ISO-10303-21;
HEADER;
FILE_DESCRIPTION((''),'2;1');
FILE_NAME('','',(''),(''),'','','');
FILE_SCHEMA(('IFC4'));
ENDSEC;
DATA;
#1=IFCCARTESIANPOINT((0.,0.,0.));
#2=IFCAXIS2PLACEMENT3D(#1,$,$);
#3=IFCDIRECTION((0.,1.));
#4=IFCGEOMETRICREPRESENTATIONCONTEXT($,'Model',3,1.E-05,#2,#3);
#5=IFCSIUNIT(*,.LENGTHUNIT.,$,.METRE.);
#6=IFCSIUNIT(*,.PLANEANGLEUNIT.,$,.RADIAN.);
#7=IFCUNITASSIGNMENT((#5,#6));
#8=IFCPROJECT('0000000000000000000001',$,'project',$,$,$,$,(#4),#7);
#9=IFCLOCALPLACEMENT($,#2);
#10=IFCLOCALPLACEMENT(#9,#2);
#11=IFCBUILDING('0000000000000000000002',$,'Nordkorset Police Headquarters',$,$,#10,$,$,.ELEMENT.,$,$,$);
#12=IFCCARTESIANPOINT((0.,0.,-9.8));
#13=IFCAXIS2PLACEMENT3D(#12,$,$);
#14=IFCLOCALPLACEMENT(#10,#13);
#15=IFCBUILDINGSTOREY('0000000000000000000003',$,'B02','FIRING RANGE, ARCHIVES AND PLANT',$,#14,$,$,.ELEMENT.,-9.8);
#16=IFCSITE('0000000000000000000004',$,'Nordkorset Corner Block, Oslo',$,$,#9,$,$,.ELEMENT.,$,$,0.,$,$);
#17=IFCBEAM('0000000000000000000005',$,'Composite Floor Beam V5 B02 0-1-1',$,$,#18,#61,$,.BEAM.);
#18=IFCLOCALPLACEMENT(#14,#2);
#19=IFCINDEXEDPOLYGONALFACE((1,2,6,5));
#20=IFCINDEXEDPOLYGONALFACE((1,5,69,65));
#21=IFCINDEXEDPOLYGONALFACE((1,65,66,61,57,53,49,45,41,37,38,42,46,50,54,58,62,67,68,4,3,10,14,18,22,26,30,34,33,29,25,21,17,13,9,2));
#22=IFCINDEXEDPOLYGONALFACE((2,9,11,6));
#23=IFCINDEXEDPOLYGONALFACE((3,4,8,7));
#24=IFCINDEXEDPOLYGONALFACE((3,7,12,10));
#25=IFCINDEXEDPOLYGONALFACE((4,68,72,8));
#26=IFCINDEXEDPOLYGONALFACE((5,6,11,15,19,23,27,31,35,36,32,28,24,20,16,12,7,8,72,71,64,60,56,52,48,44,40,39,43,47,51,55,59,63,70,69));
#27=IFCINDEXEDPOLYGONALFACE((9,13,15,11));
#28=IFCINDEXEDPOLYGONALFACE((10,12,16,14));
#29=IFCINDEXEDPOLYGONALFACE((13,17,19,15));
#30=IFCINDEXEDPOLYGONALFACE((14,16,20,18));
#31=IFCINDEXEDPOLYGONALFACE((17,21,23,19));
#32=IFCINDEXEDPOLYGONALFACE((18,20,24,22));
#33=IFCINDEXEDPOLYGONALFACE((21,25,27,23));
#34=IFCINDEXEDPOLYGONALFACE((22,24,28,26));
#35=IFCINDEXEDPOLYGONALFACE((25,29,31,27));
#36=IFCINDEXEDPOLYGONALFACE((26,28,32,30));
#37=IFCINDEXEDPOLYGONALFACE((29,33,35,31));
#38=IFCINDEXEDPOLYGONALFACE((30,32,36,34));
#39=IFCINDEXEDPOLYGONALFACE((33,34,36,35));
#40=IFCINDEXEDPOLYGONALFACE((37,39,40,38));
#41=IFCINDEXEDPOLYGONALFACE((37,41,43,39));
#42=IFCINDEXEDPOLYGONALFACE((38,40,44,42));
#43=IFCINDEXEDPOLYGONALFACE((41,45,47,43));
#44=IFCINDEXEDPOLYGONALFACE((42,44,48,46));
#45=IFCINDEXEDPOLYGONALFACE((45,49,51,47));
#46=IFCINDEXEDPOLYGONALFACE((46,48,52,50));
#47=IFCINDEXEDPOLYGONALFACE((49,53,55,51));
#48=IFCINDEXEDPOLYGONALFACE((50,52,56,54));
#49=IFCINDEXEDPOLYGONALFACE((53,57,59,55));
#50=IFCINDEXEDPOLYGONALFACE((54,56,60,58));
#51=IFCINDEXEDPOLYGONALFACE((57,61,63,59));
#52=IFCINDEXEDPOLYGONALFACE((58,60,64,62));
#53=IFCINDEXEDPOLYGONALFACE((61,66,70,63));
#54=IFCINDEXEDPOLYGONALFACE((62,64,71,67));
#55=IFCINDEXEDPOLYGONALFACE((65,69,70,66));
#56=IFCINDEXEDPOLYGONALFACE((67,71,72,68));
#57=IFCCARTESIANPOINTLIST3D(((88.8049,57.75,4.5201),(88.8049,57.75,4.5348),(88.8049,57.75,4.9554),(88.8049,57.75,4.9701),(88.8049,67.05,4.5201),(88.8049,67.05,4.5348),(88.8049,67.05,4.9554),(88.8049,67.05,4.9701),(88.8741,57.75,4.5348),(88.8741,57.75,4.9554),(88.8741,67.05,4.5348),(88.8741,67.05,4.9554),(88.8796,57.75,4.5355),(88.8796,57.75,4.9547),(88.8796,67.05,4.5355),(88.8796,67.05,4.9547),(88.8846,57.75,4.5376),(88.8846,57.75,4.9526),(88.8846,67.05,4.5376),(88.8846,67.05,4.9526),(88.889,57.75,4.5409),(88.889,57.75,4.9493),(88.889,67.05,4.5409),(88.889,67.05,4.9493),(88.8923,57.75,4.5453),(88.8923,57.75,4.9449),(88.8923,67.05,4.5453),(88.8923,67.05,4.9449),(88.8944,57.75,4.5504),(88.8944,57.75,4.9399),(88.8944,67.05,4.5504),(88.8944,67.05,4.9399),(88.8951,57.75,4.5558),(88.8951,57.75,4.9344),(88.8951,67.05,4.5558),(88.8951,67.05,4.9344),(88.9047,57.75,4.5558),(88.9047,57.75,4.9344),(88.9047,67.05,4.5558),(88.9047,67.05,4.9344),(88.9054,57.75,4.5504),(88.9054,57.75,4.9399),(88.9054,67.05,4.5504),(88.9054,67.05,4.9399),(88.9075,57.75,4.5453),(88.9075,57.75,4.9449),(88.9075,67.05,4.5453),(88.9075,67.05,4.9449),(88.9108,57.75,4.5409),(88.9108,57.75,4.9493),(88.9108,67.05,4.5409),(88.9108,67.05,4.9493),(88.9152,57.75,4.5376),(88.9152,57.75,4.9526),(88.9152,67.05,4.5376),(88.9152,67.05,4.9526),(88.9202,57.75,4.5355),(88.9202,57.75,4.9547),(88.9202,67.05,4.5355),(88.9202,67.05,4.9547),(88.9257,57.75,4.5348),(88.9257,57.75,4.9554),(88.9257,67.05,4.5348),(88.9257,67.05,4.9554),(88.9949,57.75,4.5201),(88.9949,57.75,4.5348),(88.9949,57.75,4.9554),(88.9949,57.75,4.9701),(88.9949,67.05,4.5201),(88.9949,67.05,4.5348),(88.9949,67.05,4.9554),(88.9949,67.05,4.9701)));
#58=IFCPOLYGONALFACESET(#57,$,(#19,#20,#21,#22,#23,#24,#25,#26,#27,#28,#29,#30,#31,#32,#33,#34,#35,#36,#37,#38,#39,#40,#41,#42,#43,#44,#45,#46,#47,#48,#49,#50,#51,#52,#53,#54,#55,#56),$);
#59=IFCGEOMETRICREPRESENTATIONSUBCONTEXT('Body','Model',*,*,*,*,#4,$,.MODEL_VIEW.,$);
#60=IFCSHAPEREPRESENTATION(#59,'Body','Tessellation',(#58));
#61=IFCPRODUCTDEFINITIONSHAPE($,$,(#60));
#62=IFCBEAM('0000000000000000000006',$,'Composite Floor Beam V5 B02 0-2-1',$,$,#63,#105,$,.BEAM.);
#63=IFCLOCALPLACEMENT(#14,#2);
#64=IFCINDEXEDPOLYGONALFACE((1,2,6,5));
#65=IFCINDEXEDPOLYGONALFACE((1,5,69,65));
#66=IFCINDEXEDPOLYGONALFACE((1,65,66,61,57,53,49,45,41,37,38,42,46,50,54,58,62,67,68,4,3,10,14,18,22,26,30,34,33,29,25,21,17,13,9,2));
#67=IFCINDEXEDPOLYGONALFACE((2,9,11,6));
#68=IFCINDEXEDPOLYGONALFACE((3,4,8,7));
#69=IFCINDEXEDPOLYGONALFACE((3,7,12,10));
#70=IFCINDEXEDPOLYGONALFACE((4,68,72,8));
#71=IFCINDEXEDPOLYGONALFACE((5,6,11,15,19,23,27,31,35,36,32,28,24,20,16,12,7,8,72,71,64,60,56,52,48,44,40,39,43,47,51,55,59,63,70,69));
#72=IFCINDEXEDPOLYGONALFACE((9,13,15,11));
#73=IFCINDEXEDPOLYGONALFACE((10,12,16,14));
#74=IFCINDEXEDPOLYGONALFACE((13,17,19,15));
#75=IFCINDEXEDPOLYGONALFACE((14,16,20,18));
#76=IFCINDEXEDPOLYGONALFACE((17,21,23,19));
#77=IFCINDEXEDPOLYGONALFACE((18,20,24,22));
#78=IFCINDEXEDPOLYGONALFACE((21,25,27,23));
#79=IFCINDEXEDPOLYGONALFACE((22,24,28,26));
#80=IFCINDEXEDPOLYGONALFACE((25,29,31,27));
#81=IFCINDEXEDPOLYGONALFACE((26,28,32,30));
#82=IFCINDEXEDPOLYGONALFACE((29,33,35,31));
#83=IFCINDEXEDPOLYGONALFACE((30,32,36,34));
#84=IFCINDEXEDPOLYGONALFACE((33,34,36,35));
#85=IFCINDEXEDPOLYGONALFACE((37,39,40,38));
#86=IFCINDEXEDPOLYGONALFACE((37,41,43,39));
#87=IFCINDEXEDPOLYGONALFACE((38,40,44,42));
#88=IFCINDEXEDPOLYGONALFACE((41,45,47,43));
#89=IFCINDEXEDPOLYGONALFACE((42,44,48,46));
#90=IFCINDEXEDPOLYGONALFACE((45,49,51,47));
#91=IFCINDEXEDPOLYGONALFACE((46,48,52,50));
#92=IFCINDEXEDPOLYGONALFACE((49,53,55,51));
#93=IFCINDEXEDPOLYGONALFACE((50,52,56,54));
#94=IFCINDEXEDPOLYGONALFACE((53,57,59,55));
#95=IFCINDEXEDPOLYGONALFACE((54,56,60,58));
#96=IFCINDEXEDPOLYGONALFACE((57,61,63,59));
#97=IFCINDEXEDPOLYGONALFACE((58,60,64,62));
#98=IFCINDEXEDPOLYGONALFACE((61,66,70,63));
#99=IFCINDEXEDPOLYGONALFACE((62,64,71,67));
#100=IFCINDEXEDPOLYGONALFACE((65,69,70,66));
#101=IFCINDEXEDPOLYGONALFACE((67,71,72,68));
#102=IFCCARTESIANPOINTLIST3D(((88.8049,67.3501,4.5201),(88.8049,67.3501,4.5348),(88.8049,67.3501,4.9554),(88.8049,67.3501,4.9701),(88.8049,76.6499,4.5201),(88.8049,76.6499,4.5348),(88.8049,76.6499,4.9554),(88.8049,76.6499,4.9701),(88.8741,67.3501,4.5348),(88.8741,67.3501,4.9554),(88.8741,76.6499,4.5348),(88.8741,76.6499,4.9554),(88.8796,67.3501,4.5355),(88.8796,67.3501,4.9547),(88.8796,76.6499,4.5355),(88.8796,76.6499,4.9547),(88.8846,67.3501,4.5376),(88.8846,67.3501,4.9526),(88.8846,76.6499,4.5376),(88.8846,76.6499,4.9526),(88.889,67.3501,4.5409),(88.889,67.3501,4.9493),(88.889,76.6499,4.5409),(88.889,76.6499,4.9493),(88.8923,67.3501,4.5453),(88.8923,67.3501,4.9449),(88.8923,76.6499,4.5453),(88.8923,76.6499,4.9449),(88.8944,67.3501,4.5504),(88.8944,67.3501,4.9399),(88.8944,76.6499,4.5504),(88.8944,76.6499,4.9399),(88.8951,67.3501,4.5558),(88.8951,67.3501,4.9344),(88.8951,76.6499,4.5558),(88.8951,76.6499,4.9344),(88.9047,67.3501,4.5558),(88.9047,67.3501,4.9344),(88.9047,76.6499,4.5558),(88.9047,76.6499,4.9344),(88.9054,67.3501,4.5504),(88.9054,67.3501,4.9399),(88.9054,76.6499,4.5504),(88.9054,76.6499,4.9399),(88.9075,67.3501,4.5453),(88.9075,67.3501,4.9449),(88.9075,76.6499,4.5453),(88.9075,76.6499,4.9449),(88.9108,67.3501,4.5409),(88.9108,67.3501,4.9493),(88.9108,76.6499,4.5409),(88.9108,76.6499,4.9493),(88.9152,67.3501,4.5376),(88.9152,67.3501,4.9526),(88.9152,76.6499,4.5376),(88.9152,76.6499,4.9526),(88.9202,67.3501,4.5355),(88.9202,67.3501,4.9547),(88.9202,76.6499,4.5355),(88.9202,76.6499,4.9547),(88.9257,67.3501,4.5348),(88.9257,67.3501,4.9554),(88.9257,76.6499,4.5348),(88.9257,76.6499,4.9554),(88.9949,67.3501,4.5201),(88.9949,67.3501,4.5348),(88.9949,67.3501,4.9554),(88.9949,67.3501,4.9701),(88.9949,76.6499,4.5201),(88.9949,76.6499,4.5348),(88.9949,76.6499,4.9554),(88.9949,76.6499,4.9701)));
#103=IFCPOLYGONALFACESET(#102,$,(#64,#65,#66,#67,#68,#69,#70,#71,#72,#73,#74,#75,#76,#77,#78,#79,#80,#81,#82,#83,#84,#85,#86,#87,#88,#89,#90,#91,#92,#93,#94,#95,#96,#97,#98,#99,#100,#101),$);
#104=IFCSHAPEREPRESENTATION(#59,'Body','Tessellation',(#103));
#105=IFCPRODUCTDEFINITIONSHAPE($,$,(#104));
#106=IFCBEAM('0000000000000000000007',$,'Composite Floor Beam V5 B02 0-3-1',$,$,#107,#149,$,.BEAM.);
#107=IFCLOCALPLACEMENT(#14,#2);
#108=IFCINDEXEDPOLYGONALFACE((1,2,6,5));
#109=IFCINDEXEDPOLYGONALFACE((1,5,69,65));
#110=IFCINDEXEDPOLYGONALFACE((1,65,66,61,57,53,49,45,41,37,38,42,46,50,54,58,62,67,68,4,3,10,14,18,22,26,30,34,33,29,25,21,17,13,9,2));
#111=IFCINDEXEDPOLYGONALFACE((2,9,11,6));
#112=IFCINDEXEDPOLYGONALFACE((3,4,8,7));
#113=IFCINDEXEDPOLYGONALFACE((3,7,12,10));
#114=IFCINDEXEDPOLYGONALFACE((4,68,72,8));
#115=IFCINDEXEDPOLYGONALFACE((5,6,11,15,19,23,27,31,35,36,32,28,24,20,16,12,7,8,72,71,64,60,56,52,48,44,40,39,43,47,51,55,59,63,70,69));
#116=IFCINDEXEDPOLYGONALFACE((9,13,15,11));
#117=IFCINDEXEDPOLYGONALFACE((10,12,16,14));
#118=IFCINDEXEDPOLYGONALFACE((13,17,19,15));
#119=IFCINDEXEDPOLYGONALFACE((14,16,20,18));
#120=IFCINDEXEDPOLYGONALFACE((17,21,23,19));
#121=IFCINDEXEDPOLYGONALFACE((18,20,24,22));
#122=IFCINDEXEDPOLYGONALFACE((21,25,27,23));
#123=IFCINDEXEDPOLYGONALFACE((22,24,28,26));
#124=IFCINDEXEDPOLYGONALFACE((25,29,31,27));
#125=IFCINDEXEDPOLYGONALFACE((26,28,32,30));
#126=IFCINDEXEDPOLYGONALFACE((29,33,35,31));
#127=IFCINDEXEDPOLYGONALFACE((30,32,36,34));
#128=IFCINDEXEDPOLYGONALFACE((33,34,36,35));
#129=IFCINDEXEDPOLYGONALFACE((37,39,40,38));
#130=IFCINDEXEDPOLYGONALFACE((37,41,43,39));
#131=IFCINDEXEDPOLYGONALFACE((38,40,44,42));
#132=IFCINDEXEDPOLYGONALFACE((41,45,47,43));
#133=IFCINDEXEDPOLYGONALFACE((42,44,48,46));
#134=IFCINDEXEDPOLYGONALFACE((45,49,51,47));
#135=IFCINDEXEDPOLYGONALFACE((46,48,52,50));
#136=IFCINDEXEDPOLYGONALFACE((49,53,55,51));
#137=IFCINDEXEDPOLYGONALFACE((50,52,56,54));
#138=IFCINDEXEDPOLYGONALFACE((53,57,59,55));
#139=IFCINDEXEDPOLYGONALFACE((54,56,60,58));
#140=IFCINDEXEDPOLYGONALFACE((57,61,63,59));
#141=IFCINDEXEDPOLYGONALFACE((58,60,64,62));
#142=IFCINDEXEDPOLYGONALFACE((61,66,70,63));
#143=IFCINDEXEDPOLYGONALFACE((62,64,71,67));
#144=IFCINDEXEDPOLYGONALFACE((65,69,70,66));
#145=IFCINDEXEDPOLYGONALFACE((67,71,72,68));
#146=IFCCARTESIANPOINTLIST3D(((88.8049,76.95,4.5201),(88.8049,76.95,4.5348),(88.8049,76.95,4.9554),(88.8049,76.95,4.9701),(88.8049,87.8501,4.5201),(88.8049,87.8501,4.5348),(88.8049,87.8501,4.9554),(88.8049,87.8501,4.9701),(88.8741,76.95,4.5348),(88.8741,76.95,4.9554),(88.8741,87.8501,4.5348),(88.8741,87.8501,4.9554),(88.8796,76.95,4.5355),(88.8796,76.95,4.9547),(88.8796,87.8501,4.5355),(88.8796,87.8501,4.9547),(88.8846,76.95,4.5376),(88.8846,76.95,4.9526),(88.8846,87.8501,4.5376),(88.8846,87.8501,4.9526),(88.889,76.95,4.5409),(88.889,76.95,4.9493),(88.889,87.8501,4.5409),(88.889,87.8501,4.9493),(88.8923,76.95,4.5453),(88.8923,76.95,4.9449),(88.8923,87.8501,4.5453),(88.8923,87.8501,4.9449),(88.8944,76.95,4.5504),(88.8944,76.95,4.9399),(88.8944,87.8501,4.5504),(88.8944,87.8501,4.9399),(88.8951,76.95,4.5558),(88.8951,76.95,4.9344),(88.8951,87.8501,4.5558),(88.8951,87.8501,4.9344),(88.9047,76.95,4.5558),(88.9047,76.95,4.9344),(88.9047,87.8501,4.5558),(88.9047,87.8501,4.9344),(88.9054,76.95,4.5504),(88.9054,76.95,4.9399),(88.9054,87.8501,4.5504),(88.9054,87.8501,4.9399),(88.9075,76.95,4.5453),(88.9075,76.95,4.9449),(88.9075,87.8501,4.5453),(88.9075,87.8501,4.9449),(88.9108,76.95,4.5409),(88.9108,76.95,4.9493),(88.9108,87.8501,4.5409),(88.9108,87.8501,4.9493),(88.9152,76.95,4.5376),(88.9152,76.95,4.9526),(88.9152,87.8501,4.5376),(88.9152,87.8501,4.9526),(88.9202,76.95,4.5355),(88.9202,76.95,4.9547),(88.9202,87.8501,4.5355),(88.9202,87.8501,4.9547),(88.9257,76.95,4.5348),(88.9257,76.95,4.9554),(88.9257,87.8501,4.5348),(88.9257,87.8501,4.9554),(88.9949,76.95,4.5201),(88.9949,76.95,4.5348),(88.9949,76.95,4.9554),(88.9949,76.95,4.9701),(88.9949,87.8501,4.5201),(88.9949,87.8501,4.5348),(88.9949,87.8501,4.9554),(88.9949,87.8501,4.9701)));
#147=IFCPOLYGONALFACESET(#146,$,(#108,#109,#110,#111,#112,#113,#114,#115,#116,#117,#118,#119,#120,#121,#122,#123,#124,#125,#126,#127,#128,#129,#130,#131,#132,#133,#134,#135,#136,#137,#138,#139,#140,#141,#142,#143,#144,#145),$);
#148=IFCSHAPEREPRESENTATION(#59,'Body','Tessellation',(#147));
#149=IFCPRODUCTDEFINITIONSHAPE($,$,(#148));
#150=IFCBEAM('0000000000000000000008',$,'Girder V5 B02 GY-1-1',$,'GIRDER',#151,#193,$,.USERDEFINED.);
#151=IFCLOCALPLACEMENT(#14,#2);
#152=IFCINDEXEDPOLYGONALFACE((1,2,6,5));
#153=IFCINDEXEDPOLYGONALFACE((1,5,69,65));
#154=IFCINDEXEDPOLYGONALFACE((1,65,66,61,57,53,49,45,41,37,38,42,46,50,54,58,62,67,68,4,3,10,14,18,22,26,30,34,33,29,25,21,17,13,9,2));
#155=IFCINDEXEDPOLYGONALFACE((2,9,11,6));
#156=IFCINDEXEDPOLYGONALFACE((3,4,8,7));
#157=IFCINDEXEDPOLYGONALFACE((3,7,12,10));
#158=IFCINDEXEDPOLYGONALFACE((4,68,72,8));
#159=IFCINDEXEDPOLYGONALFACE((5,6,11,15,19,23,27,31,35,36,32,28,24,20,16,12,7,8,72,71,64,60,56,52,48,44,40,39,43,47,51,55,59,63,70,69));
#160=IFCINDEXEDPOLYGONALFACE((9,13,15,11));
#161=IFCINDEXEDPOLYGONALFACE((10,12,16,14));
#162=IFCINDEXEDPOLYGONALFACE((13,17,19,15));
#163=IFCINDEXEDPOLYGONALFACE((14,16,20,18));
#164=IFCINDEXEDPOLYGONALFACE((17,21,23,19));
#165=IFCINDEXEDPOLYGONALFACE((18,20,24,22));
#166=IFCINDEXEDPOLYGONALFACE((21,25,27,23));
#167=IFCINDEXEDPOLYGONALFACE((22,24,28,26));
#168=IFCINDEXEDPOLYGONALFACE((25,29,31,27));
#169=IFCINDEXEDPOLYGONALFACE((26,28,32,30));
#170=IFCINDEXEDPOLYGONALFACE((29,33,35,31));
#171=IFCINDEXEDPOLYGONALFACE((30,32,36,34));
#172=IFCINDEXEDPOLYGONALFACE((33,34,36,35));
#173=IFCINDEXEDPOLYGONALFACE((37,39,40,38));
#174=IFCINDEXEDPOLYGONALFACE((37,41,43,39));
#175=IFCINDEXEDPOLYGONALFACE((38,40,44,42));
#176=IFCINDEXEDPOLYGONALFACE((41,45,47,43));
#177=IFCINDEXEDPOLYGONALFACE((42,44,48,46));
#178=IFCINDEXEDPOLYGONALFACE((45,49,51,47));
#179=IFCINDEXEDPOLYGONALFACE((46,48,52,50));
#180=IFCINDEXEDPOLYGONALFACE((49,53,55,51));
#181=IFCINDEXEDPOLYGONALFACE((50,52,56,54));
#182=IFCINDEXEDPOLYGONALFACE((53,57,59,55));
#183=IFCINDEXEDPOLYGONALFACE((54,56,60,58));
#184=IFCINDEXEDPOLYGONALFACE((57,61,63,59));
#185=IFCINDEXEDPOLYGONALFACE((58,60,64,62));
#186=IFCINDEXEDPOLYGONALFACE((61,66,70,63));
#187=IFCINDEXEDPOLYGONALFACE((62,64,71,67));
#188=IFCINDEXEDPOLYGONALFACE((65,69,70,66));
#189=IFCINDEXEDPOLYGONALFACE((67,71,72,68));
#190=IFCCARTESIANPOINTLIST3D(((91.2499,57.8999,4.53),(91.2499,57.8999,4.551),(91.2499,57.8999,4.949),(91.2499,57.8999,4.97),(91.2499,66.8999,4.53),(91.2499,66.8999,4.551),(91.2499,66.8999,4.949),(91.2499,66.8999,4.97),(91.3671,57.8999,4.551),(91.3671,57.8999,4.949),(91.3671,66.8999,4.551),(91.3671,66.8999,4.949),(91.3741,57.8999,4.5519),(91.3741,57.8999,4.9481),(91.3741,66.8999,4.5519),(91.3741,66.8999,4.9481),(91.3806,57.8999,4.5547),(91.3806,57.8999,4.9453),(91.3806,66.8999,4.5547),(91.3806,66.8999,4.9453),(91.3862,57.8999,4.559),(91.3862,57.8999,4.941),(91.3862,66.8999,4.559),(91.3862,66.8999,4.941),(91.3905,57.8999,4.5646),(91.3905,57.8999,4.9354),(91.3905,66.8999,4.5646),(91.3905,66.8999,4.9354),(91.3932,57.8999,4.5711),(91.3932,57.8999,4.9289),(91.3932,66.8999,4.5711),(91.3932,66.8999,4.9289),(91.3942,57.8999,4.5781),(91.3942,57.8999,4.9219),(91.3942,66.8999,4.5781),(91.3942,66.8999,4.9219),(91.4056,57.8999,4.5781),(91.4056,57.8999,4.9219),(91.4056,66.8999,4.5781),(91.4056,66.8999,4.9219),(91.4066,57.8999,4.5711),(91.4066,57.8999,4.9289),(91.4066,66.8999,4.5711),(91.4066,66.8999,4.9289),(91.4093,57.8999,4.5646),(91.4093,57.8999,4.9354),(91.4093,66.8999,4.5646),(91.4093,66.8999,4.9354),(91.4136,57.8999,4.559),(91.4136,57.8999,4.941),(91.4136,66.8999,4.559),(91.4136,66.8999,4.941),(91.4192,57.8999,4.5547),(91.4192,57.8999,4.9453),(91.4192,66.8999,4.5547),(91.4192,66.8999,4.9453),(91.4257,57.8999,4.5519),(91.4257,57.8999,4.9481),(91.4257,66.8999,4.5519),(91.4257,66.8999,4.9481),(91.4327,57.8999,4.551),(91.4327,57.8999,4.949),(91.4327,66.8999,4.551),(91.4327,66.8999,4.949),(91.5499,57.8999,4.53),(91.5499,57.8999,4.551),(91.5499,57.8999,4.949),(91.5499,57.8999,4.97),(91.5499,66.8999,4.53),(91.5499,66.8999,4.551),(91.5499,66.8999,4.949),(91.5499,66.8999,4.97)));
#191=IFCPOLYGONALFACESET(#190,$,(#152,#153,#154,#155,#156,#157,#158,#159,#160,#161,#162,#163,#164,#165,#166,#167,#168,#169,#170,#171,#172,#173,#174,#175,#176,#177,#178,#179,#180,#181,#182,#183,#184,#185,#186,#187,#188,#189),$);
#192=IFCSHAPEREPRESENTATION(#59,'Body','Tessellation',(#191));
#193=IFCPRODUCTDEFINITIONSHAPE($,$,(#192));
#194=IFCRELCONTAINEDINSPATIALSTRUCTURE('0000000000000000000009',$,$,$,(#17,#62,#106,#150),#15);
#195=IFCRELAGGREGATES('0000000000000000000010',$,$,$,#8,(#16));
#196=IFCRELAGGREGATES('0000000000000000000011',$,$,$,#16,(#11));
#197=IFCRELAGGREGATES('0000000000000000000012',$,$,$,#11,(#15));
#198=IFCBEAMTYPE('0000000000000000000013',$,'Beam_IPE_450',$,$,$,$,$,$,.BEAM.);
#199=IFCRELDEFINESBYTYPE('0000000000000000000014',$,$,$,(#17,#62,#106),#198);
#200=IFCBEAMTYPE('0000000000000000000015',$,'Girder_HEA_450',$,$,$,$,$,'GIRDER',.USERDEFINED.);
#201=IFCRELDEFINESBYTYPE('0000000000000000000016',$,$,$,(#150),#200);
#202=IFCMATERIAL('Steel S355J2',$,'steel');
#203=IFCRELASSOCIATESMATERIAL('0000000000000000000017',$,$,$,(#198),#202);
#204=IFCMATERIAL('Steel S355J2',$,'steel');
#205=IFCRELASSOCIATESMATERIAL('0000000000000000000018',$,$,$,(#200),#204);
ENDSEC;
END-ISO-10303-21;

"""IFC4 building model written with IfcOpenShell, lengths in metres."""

from ifc_helpers import new_model, si_unit, direction, frame, origin, origin_2d, place, context, subcontext, project, spatial, i_section, extrude, material, material_profile, profile_set, type_object, element, save


model = new_model("IFC4")

# Units and contexts
model_context = context("Model", 3, precision=1e-05, world=origin(), true_north=direction((0.0, 1.0)))
body_context = subcontext(model_context, "Body", "Model", "MODEL_VIEW")
ifc_project = project(units=[si_unit("LENGTHUNIT", "METRE"), si_unit("PLANEANGLEUNIT", "RADIAN")], contexts=[model_context])

# Site, building, storey
site_placement = place(None, origin())
site = spatial("IfcSite", under=ifc_project, at=site_placement, Name="Nordkorset Corner Block, Oslo", CompositionType="ELEMENT", RefElevation=0.0)
building_placement = place(site_placement, origin())
building = spatial("IfcBuilding", under=site, at=building_placement, Name="Nordkorset Police Headquarters", CompositionType="ELEMENT")
storey_placement = place(building_placement, frame((0.0, 0.0, -9.8)))
storey = spatial("IfcBuildingStorey", under=building, at=storey_placement, Name="B02", Description="FIRING RANGE, ARCHIVES AND PLANT", CompositionType="ELEMENT", Elevation=-9.8)

# Beams
ifc_material_1 = material(Name="Steel S355J2", Category="steel")
ifc_material_profile_1 = material_profile(ifc_material_1, i_section(OverallWidth=0.1899, OverallDepth=0.45, WebThickness=0.0095, FlangeThickness=0.0146, FilletRadius=0.021, at=origin_2d()), Name="IPE 450")
ifc_profile_set_1 = profile_set([ifc_material_profile_1], Name="Steel S355J2")
beam_type_1 = type_object("IfcBeamType", Name="Beam_IPE_450", PredefinedType="BEAM", material=ifc_profile_set_1)
beam_1_placement = place(storey_placement, frame((88.8999, 57.75, 4.7451), z_axis=(0.0, 1.0, 0.0), x_axis=(-1.0, 0.0, 0.0)))
element("IfcBeam", 1, at=beam_1_placement, inside=storey, type_object=beam_type_1, Name="Composite Floor Beam V5 B02 0-1-1", PredefinedType="BEAM", context=body_context, shape_type="SweptSolid", body=[
    extrude(i_section(OverallWidth=0.1899, OverallDepth=0.45, WebThickness=0.0095, FlangeThickness=0.0146, FilletRadius=0.021, at=origin_2d()), origin(), (0.0, 0.0, 1.0), 9.3),
])
beam_2_placement = place(storey_placement, frame((88.8999, 67.3501, 4.7451), z_axis=(0.0, 1.0, 0.0), x_axis=(-1.0, 0.0, 0.0)))
element("IfcBeam", 2, at=beam_2_placement, inside=storey, type_object=beam_type_1, Name="Composite Floor Beam V5 B02 0-2-1", PredefinedType="BEAM", context=body_context, shape_type="SweptSolid", body=[
    extrude(i_section(OverallWidth=0.1899, OverallDepth=0.45, WebThickness=0.0095, FlangeThickness=0.0146, FilletRadius=0.021, at=origin_2d()), origin(), (0.0, 0.0, 1.0), 9.2998),
])
beam_3_placement = place(storey_placement, frame((88.8999, 76.95, 4.7451), z_axis=(0.0, 1.0, 0.0), x_axis=(-1.0, 0.0, 0.0)))
element("IfcBeam", 3, at=beam_3_placement, inside=storey, type_object=beam_type_1, Name="Composite Floor Beam V5 B02 0-3-1", PredefinedType="BEAM", context=body_context, shape_type="SweptSolid", body=[
    extrude(i_section(OverallWidth=0.1899, OverallDepth=0.45, WebThickness=0.0095, FlangeThickness=0.0146, FilletRadius=0.021, at=origin_2d()), origin(), (0.0, 0.0, 1.0), 10.9001),
])
ifc_material_2 = material(Name="Steel S355J2", Category="steel")
ifc_material_profile_2 = material_profile(ifc_material_2, i_section(OverallWidth=0.3, OverallDepth=0.4399, WebThickness=0.0115, FlangeThickness=0.021, FilletRadius=0.0271, at=origin_2d()), Name="HEA 450")
ifc_profile_set_2 = profile_set([ifc_material_profile_2], Name="Steel S355J2")
beam_type_2 = type_object("IfcBeamType", Name="Girder_HEA_450", ElementType="GIRDER", PredefinedType="USERDEFINED", material=ifc_profile_set_2)
for number, where, z_axis, x_axis, name in (
    (4, (91.3999, 57.8999, 4.75), (0.0, 1.0, 0.0), (-1.0, 0.0, 0.0), "Girder V5 B02 GY-1-1"),
):
    element("IfcBeam", number, at=place(storey_placement, frame(where, z_axis=z_axis, x_axis=x_axis)), inside=storey, type_object=beam_type_2, Name=name, ObjectType="GIRDER", PredefinedType="USERDEFINED", context=body_context, shape_type="SweptSolid", body=[
        extrude(i_section(OverallWidth=0.3, OverallDepth=0.4399, WebThickness=0.0115, FlangeThickness=0.021, FilletRadius=0.0271, at=origin_2d()), origin(), (0.0, 0.0, 1.0), 9.0),
    ])

save(model, "model.ifc")
